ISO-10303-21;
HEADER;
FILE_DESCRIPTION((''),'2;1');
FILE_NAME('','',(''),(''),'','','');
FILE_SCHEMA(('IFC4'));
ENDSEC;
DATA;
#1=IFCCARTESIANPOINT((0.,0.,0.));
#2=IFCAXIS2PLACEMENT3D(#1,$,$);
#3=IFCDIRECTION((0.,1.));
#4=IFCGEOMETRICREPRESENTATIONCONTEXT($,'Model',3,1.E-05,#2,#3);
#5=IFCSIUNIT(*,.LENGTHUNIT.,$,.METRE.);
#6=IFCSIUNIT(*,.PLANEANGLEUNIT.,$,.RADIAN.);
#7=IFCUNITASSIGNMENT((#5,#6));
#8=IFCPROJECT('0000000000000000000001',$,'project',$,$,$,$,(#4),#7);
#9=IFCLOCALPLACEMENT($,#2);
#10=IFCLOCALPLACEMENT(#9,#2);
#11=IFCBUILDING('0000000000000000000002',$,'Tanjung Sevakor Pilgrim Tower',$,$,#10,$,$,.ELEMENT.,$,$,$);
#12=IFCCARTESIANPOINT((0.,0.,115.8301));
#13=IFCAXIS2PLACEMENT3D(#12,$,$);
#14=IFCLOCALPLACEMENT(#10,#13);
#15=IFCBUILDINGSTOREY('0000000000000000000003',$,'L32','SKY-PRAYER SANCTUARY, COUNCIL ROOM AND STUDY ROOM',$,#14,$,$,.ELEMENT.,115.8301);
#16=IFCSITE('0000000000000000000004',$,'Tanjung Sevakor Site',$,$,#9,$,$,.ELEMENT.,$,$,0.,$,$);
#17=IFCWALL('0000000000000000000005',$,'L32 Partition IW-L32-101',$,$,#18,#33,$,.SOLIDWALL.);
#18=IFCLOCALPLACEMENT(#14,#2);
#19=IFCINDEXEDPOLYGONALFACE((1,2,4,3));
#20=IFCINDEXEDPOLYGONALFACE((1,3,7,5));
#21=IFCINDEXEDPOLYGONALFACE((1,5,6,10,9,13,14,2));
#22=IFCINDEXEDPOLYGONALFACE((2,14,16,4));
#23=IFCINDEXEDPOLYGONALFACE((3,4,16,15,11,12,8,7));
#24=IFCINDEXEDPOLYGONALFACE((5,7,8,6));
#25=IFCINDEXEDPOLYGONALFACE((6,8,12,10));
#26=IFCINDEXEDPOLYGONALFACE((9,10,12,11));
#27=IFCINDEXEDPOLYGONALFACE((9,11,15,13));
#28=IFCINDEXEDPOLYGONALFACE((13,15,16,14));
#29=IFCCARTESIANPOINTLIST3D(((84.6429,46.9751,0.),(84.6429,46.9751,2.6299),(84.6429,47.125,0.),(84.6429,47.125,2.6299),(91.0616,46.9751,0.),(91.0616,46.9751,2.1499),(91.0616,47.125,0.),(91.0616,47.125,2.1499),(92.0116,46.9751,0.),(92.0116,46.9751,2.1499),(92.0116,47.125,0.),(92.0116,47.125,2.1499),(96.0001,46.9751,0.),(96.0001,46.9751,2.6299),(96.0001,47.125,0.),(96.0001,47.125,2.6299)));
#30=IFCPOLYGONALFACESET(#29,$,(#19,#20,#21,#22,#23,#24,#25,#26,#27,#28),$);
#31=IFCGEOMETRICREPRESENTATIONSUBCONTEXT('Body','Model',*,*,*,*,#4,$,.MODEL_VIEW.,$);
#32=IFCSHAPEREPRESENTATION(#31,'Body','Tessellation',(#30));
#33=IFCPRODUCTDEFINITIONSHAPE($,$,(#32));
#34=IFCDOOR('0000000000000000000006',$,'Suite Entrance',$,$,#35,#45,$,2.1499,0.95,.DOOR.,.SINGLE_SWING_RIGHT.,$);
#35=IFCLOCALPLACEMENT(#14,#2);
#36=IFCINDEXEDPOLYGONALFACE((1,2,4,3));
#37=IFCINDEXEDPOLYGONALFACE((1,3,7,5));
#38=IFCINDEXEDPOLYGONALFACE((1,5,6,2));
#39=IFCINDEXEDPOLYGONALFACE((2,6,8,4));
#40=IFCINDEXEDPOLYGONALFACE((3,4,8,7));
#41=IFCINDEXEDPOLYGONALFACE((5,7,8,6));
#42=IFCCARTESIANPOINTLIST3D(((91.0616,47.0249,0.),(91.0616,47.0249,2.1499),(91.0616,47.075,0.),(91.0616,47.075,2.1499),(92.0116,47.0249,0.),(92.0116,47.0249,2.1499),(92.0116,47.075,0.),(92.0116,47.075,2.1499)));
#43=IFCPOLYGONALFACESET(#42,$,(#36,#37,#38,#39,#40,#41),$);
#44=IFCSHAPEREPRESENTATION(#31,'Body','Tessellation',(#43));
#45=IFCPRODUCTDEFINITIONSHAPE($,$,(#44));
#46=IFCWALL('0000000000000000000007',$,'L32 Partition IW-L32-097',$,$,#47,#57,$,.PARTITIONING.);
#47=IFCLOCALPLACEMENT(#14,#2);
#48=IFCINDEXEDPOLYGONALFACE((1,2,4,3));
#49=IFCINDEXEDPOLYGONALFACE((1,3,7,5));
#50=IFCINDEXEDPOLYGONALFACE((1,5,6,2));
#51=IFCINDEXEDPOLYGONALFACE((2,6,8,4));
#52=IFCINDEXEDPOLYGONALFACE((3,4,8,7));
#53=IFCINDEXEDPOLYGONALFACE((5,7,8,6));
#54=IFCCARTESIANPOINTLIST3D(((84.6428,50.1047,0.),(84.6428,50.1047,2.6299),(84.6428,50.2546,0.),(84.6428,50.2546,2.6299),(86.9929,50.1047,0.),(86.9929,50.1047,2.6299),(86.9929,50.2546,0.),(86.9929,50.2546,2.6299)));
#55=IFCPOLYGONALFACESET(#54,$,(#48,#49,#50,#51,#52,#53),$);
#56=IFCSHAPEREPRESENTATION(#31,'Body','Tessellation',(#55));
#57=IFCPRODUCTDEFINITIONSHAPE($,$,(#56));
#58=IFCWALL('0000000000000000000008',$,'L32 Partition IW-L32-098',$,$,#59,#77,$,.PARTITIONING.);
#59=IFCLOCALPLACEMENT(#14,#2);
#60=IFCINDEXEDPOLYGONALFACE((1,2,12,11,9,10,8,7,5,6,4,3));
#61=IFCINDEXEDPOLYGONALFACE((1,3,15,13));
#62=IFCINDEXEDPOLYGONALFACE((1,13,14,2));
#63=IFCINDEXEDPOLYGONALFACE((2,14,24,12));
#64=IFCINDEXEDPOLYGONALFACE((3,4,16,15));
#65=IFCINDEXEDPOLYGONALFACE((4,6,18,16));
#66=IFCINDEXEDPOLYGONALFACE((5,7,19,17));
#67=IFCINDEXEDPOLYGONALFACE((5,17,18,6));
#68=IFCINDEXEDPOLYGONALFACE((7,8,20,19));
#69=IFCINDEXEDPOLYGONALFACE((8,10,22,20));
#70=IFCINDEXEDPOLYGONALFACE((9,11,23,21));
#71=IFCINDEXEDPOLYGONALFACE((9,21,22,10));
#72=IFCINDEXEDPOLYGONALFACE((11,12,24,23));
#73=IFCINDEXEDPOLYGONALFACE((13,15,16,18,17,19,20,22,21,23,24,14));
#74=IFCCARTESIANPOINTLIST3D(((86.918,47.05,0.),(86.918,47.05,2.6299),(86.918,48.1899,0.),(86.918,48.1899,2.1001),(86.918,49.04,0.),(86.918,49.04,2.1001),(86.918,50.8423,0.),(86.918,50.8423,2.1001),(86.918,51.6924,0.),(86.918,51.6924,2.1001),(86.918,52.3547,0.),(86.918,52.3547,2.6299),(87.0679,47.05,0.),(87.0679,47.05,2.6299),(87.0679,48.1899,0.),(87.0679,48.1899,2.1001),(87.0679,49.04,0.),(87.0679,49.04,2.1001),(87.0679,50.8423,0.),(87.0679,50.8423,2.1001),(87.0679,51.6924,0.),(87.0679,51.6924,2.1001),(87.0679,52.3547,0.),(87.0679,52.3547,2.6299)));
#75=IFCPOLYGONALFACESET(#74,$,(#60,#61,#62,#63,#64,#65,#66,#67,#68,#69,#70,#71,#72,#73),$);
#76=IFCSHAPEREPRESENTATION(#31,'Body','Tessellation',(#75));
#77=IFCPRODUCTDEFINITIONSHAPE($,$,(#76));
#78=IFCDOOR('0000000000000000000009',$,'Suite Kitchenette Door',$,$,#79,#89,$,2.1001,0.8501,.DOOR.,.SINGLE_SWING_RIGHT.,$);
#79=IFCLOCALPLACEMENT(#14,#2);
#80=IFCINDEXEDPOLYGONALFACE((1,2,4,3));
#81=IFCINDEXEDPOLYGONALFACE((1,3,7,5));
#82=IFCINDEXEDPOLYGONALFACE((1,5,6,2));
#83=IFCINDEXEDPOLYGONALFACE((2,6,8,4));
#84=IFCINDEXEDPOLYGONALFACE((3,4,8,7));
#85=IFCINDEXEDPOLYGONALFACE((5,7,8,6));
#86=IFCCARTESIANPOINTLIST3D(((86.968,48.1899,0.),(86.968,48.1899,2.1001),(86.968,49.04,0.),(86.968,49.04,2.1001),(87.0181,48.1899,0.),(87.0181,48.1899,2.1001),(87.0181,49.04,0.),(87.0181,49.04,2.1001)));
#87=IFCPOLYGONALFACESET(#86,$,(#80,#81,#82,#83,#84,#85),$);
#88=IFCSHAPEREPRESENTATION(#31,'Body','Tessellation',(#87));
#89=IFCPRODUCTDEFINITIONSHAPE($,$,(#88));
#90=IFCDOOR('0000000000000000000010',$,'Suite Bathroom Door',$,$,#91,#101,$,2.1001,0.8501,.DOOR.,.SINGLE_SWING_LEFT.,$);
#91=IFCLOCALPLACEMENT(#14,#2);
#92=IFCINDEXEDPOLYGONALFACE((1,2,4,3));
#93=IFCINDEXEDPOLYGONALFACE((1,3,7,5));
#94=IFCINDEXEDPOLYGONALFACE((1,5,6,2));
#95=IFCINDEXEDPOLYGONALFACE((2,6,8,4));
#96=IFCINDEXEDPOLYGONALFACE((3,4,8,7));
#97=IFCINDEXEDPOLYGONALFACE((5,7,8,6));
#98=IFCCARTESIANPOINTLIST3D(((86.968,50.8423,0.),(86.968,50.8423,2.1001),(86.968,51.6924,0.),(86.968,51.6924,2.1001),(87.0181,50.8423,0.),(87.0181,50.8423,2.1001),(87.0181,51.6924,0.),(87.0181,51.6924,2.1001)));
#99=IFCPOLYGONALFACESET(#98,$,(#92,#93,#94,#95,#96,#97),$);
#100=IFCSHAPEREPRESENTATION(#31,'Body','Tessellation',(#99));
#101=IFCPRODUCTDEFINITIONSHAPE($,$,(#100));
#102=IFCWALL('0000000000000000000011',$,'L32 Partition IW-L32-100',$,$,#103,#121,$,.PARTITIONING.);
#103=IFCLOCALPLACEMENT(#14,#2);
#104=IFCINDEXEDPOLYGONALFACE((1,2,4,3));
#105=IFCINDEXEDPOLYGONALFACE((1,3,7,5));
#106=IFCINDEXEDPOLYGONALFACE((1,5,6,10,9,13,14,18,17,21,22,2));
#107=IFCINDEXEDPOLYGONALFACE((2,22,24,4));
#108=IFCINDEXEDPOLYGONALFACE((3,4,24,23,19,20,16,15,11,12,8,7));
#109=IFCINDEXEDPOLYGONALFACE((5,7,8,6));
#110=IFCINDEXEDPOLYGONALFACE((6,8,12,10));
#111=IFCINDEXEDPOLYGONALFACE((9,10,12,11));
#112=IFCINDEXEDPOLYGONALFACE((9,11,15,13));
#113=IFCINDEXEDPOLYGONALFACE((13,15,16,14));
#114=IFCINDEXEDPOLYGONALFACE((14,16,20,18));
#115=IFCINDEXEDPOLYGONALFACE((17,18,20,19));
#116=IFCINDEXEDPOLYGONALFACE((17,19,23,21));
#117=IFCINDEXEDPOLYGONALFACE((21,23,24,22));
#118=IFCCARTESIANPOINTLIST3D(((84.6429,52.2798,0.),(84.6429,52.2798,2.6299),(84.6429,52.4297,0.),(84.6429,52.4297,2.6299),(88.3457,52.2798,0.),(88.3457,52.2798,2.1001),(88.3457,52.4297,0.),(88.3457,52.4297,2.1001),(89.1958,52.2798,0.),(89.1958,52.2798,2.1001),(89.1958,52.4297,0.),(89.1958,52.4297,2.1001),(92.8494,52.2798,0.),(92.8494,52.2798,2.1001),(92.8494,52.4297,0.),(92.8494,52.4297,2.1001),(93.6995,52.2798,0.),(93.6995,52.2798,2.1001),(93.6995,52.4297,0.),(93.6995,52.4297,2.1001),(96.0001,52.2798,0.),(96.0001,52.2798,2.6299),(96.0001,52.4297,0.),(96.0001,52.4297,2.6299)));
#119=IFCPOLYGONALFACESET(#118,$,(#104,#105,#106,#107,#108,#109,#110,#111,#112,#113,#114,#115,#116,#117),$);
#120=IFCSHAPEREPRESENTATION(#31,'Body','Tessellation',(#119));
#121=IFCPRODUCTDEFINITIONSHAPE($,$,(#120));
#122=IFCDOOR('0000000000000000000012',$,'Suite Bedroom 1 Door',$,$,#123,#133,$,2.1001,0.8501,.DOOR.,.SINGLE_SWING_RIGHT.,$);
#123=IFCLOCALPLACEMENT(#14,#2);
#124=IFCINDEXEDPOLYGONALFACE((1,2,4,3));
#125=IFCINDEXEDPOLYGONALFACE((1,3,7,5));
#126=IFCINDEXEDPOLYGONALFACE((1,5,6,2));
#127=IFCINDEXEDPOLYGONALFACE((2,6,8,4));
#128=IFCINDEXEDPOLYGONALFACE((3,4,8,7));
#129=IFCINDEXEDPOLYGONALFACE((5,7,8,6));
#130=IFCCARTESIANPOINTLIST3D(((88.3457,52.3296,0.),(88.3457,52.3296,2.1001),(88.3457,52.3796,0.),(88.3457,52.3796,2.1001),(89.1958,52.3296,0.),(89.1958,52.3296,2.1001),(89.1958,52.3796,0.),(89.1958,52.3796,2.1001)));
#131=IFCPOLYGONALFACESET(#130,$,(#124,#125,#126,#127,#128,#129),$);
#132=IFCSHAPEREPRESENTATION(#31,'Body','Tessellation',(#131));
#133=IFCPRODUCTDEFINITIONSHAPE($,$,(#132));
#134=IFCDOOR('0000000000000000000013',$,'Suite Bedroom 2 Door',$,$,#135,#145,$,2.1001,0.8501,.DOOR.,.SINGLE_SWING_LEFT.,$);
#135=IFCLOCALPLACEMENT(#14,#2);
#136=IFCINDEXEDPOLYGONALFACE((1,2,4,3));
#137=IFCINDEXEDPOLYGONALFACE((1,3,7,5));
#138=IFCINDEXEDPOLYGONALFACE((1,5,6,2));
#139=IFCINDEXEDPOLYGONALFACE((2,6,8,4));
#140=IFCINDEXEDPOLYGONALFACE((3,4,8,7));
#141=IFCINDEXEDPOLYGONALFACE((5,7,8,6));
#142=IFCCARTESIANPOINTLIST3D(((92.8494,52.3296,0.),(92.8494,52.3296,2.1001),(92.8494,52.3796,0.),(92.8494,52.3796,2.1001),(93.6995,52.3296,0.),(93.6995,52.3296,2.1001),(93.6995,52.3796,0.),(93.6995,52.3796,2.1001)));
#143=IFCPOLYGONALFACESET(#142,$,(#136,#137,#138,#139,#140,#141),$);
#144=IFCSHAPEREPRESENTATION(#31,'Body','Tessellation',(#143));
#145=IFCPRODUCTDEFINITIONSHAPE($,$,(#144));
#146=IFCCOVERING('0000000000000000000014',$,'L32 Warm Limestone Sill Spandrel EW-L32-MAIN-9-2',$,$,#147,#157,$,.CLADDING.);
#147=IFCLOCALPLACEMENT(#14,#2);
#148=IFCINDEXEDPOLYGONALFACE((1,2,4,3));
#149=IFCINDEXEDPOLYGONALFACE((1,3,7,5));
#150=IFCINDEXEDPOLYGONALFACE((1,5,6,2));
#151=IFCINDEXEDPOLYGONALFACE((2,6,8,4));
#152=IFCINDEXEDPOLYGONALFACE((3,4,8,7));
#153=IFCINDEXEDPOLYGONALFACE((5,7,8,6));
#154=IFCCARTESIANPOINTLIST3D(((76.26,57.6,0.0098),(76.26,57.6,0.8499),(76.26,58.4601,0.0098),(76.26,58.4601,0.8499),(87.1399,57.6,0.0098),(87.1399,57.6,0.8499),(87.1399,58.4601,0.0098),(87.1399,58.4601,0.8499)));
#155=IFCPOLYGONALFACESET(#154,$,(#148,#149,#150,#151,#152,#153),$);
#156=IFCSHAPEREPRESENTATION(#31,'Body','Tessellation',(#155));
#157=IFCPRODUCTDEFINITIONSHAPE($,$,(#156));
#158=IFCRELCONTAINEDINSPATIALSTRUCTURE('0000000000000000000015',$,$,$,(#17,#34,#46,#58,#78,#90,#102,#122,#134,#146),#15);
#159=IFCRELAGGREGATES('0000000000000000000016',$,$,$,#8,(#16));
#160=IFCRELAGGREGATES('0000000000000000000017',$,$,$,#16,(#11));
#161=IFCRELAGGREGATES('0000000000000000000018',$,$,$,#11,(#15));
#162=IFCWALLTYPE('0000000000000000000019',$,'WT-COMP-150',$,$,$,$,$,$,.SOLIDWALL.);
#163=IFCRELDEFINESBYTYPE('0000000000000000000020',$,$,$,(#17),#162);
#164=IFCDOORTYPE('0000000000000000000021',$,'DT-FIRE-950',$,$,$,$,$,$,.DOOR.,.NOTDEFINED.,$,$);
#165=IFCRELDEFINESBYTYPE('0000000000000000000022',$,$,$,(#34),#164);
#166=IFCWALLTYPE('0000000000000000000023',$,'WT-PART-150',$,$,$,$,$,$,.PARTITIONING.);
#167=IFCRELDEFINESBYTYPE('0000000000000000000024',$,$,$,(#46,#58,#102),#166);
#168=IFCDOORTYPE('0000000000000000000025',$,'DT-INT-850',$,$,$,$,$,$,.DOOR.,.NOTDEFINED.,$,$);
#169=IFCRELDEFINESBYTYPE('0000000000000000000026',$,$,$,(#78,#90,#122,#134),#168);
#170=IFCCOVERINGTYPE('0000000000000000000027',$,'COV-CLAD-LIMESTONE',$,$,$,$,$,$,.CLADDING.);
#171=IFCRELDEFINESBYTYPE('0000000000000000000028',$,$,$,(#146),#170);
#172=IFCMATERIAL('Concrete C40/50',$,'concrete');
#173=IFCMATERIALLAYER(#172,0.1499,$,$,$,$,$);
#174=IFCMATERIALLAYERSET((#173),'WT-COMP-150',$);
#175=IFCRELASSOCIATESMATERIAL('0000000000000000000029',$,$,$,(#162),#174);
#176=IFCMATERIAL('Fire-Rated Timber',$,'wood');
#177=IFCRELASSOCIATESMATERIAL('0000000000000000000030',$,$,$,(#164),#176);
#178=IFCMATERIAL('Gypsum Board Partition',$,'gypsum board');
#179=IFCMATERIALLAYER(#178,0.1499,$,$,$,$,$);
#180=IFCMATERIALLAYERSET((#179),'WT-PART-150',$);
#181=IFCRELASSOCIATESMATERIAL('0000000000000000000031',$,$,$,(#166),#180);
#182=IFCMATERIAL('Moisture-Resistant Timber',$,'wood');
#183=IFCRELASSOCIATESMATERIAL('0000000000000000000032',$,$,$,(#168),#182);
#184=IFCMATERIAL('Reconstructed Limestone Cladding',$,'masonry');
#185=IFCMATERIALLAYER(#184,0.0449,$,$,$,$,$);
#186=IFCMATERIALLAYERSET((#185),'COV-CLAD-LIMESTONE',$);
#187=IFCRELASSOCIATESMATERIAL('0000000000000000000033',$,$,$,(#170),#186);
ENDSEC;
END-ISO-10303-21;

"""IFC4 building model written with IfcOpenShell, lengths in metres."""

from ifc_helpers import new_model, si_unit, direction, frame, frame_2d, origin, origin_2d, place, context, subcontext, project, spatial, rectangle, extrude, material, layer, layer_set, type_object, element, fill, save


model = new_model("IFC4")

# Units and contexts
model_context = context("Model", 3, precision=1e-05, world=origin(), true_north=direction((0.0, 1.0)))
body_context = subcontext(model_context, "Body", "Model", "MODEL_VIEW")
ifc_project = project(units=[si_unit("LENGTHUNIT", "METRE"), si_unit("PLANEANGLEUNIT", "RADIAN")], contexts=[model_context])

# Site, building, storey
site_placement = place(None, origin())
site = spatial("IfcSite", under=ifc_project, at=site_placement, Name="Tanjung Sevakor Site", CompositionType="ELEMENT", RefElevation=0.0)
building_placement = place(site_placement, origin())
building = spatial("IfcBuilding", under=site, at=building_placement, Name="Tanjung Sevakor Pilgrim Tower", CompositionType="ELEMENT")
storey_placement = place(building_placement, frame((0.0, 0.0, 115.8301)))
storey = spatial("IfcBuildingStorey", under=building, at=storey_placement, Name="L32", Description="SKY-PRAYER SANCTUARY, COUNCIL ROOM AND STUDY ROOM", CompositionType="ELEMENT", Elevation=115.8301)

# Shared definitions
ifc_material_1 = material(Name="Concrete C40/50", Category="concrete")
ifc_layer_1 = layer(ifc_material_1, 0.1499)
ifc_layer_set_1 = layer_set([ifc_layer_1], Name="WT-COMP-150")
wall_type_1 = type_object("IfcWallType", Name="WT-COMP-150", PredefinedType="SOLIDWALL", material=ifc_layer_set_1)

# Wall, opening, door
wall_1_placement = place(storey_placement, frame((84.6428, 47.05, 0.0), z_axis=(0.0, 0.0, 1.0), x_axis=(1.0, 0.0, 0.0)))
wall_1 = element("IfcWall", 1, at=wall_1_placement, inside=storey, type_object=wall_type_1, Name="L32 Partition IW-L32-101", PredefinedType="SOLIDWALL", context=body_context, shape_type="SweptSolid", body=[
    extrude(rectangle(XDim=11.3572, YDim=0.1499, at=frame_2d((5.6787, 0.0))), origin(), (0.0, 0.0, 1.0), 2.6299),
])
opening_1_placement = place(wall_1_placement, frame((6.4187, 0.0, 0.0)))
opening_1 = element("IfcOpeningElement", 2, at=opening_1_placement, cuts=wall_1, PredefinedType="OPENING", context=body_context, shape_type="SweptSolid", body=[
    extrude(rectangle(XDim=0.95, YDim=2.1499, at=frame_2d((0.4751, 1.075))), frame((0.0, 0.085, 0.0), z_axis=(0.0, -1.0, 0.0), x_axis=(1.0, 0.0, 0.0)), (0.0, 0.0, 1.0), 0.1699),
])
ifc_material_2 = material(Name="Fire-Rated Timber", Category="wood")
door_type_1 = type_object("IfcDoorType", Name="DT-FIRE-950", OperationType="NOTDEFINED", PredefinedType="DOOR", material=ifc_material_2)
door_1_placement = place(opening_1_placement, origin())
door_1 = element("IfcDoor", 3, at=door_1_placement, inside=storey, type_object=door_type_1, Name="Suite Entrance", OperationType="SINGLE_SWING_RIGHT", OverallHeight=2.1499, OverallWidth=0.95, PredefinedType="DOOR", context=body_context, shape_type="SweptSolid", body=[
    extrude(rectangle(XDim=0.95, YDim=2.1499, at=frame_2d((0.4751, 1.075))), frame((0.0, 0.0249, 0.0), z_axis=(0.0, -1.0, 0.0), x_axis=(1.0, 0.0, 0.0)), (0.0, 0.0, 1.0), 0.05),
])
fill(opening_1, door_1)

# Wall
ifc_material_3 = material(Name="Gypsum Board Partition", Category="gypsum board")
ifc_layer_2 = layer(ifc_material_3, 0.1499)
ifc_layer_set_2 = layer_set([ifc_layer_2], Name="WT-PART-150")
wall_type_2 = type_object("IfcWallType", Name="WT-PART-150", PredefinedType="PARTITIONING", material=ifc_layer_set_2)
wall_2_placement = place(storey_placement, frame((84.6428, 50.1797, 0.0), z_axis=(0.0, 0.0, 1.0), x_axis=(1.0, 0.0, 0.0)))
element("IfcWall", 4, at=wall_2_placement, inside=storey, type_object=wall_type_2, Name="L32 Partition IW-L32-097", PredefinedType="PARTITIONING", context=body_context, shape_type="SweptSolid", body=[
    extrude(rectangle(XDim=2.3501, YDim=0.1499, at=frame_2d((1.175, 0.0))), origin(), (0.0, 0.0, 1.0), 2.6299),
])

# Walls, openings, doors
wall_3_placement = place(storey_placement, frame((86.9929, 47.05, 0.0), z_axis=(0.0, 0.0, 1.0), x_axis=(0.0, 1.0, 0.0)))
wall_3 = element("IfcWall", 5, at=wall_3_placement, inside=storey, type_object=wall_type_2, Name="L32 Partition IW-L32-098", PredefinedType="PARTITIONING", context=body_context, shape_type="SweptSolid", body=[
    extrude(rectangle(XDim=5.3047, YDim=0.1499, at=frame_2d((2.6523, 0.0))), origin(), (0.0, 0.0, 1.0), 2.6299),
])
opening_2_placement = place(wall_3_placement, frame((1.1399, 0.0, 0.0)))
opening_2 = element("IfcOpeningElement", 6, at=opening_2_placement, cuts=wall_3, PredefinedType="OPENING", context=body_context, shape_type="SweptSolid", body=[
    extrude(rectangle(XDim=0.8501, YDim=2.1001, at=frame_2d((0.425, 1.05))), frame((0.0, 0.085, 0.0), z_axis=(0.0, -1.0, 0.0), x_axis=(1.0, 0.0, 0.0)), (0.0, 0.0, 1.0), 0.1699),
])
opening_3_placement = place(wall_3_placement, frame((3.7922, 0.0, 0.0)))
opening_3 = element("IfcOpeningElement", 7, at=opening_3_placement, cuts=wall_3, PredefinedType="OPENING", context=body_context, shape_type="SweptSolid", body=[
    extrude(rectangle(XDim=0.8501, YDim=2.1001, at=frame_2d((0.425, 1.05))), frame((0.0, 0.085, 0.0), z_axis=(0.0, -1.0, 0.0), x_axis=(1.0, 0.0, 0.0)), (0.0, 0.0, 1.0), 0.1699),
])
ifc_material_4 = material(Name="Moisture-Resistant Timber", Category="wood")
door_type_2 = type_object("IfcDoorType", Name="DT-INT-850", OperationType="NOTDEFINED", PredefinedType="DOOR", material=ifc_material_4)
door_2_placement = place(opening_2_placement, origin())
door_2 = element("IfcDoor", 8, at=door_2_placement, inside=storey, type_object=door_type_2, Name="Suite Kitchenette Door", OperationType="SINGLE_SWING_RIGHT", OverallHeight=2.1001, OverallWidth=0.8501, PredefinedType="DOOR", context=body_context, shape_type="SweptSolid", body=[
    extrude(rectangle(XDim=0.8501, YDim=2.1001, at=frame_2d((0.425, 1.05))), frame((0.0, 0.0249, 0.0), z_axis=(0.0, -1.0, 0.0), x_axis=(1.0, 0.0, 0.0)), (0.0, 0.0, 1.0), 0.05),
])
fill(opening_2, door_2)
door_3_placement = place(opening_3_placement, origin())
door_3 = element("IfcDoor", 9, at=door_3_placement, inside=storey, type_object=door_type_2, Name="Suite Bathroom Door", OperationType="SINGLE_SWING_LEFT", OverallHeight=2.1001, OverallWidth=0.8501, PredefinedType="DOOR", context=body_context, shape_type="SweptSolid", body=[
    extrude(rectangle(XDim=0.8501, YDim=2.1001, at=frame_2d((0.425, 1.05))), frame((0.0, 0.0249, 0.0), z_axis=(0.0, -1.0, 0.0), x_axis=(1.0, 0.0, 0.0)), (0.0, 0.0, 1.0), 0.05),
])
fill(opening_3, door_3)
wall_4_placement = place(storey_placement, frame((84.6428, 52.3547, 0.0), z_axis=(0.0, 0.0, 1.0), x_axis=(1.0, 0.0, 0.0)))
wall_4 = element("IfcWall", 10, at=wall_4_placement, inside=storey, type_object=wall_type_2, Name="L32 Partition IW-L32-100", PredefinedType="PARTITIONING", context=body_context, shape_type="SweptSolid", body=[
    extrude(rectangle(XDim=11.3572, YDim=0.1499, at=frame_2d((5.6787, 0.0))), origin(), (0.0, 0.0, 1.0), 2.6299),
])
opening_4_placement = place(wall_4_placement, frame((3.7029, 0.0, 0.0)))
opening_4 = element("IfcOpeningElement", 11, at=opening_4_placement, cuts=wall_4, PredefinedType="OPENING", context=body_context, shape_type="SweptSolid", body=[
    extrude(rectangle(XDim=0.8501, YDim=2.1001, at=frame_2d((0.425, 1.05))), frame((0.0, 0.085, 0.0), z_axis=(0.0, -1.0, 0.0), x_axis=(1.0, 0.0, 0.0)), (0.0, 0.0, 1.0), 0.1699),
])
opening_5_placement = place(wall_4_placement, frame((8.2065, 0.0, 0.0)))
opening_5 = element("IfcOpeningElement", 12, at=opening_5_placement, cuts=wall_4, PredefinedType="OPENING", context=body_context, shape_type="SweptSolid", body=[
    extrude(rectangle(XDim=0.8501, YDim=2.1001, at=frame_2d((0.425, 1.05))), frame((0.0, 0.085, 0.0), z_axis=(0.0, -1.0, 0.0), x_axis=(1.0, 0.0, 0.0)), (0.0, 0.0, 1.0), 0.1699),
])
door_4_placement = place(opening_4_placement, origin())
door_4 = element("IfcDoor", 13, at=door_4_placement, inside=storey, type_object=door_type_2, Name="Suite Bedroom 1 Door", OperationType="SINGLE_SWING_RIGHT", OverallHeight=2.1001, OverallWidth=0.8501, PredefinedType="DOOR", context=body_context, shape_type="SweptSolid", body=[
    extrude(rectangle(XDim=0.8501, YDim=2.1001, at=frame_2d((0.425, 1.05))), frame((0.0, 0.0249, 0.0), z_axis=(0.0, -1.0, 0.0), x_axis=(1.0, 0.0, 0.0)), (0.0, 0.0, 1.0), 0.05),
])
fill(opening_4, door_4)
door_5_placement = place(opening_5_placement, origin())
door_5 = element("IfcDoor", 14, at=door_5_placement, inside=storey, type_object=door_type_2, Name="Suite Bedroom 2 Door", OperationType="SINGLE_SWING_LEFT", OverallHeight=2.1001, OverallWidth=0.8501, PredefinedType="DOOR", context=body_context, shape_type="SweptSolid", body=[
    extrude(rectangle(XDim=0.8501, YDim=2.1001, at=frame_2d((0.425, 1.05))), frame((0.0, 0.0249, 0.0), z_axis=(0.0, -1.0, 0.0), x_axis=(1.0, 0.0, 0.0)), (0.0, 0.0, 1.0), 0.05),
])
fill(opening_5, door_5)

# Covering
ifc_material_5 = material(Name="Reconstructed Limestone Cladding", Category="masonry")
ifc_layer_3 = layer(ifc_material_5, 0.0449)
ifc_layer_set_3 = layer_set([ifc_layer_3], Name="COV-CLAD-LIMESTONE")
covering_type = type_object("IfcCoveringType", Name="COV-CLAD-LIMESTONE", PredefinedType="CLADDING", material=ifc_layer_set_3)
covering_placement = place(storey_placement, frame((81.7, 58.03, 0.0098), z_axis=(0.0, 0.0, 1.0), x_axis=(-1.0, 0.0, 0.0)))
element("IfcCovering", 15, at=covering_placement, inside=storey, type_object=covering_type, Name="L32 Warm Limestone Sill Spandrel EW-L32-MAIN-9-2", PredefinedType="CLADDING", context=body_context, shape_type="SweptSolid", body=[
    extrude(rectangle(XDim=10.8799, YDim=0.8601, at=origin_2d()), origin(), (0.0, 0.0, 1.0), 0.8401),
])

save(model, "model.ifc")
